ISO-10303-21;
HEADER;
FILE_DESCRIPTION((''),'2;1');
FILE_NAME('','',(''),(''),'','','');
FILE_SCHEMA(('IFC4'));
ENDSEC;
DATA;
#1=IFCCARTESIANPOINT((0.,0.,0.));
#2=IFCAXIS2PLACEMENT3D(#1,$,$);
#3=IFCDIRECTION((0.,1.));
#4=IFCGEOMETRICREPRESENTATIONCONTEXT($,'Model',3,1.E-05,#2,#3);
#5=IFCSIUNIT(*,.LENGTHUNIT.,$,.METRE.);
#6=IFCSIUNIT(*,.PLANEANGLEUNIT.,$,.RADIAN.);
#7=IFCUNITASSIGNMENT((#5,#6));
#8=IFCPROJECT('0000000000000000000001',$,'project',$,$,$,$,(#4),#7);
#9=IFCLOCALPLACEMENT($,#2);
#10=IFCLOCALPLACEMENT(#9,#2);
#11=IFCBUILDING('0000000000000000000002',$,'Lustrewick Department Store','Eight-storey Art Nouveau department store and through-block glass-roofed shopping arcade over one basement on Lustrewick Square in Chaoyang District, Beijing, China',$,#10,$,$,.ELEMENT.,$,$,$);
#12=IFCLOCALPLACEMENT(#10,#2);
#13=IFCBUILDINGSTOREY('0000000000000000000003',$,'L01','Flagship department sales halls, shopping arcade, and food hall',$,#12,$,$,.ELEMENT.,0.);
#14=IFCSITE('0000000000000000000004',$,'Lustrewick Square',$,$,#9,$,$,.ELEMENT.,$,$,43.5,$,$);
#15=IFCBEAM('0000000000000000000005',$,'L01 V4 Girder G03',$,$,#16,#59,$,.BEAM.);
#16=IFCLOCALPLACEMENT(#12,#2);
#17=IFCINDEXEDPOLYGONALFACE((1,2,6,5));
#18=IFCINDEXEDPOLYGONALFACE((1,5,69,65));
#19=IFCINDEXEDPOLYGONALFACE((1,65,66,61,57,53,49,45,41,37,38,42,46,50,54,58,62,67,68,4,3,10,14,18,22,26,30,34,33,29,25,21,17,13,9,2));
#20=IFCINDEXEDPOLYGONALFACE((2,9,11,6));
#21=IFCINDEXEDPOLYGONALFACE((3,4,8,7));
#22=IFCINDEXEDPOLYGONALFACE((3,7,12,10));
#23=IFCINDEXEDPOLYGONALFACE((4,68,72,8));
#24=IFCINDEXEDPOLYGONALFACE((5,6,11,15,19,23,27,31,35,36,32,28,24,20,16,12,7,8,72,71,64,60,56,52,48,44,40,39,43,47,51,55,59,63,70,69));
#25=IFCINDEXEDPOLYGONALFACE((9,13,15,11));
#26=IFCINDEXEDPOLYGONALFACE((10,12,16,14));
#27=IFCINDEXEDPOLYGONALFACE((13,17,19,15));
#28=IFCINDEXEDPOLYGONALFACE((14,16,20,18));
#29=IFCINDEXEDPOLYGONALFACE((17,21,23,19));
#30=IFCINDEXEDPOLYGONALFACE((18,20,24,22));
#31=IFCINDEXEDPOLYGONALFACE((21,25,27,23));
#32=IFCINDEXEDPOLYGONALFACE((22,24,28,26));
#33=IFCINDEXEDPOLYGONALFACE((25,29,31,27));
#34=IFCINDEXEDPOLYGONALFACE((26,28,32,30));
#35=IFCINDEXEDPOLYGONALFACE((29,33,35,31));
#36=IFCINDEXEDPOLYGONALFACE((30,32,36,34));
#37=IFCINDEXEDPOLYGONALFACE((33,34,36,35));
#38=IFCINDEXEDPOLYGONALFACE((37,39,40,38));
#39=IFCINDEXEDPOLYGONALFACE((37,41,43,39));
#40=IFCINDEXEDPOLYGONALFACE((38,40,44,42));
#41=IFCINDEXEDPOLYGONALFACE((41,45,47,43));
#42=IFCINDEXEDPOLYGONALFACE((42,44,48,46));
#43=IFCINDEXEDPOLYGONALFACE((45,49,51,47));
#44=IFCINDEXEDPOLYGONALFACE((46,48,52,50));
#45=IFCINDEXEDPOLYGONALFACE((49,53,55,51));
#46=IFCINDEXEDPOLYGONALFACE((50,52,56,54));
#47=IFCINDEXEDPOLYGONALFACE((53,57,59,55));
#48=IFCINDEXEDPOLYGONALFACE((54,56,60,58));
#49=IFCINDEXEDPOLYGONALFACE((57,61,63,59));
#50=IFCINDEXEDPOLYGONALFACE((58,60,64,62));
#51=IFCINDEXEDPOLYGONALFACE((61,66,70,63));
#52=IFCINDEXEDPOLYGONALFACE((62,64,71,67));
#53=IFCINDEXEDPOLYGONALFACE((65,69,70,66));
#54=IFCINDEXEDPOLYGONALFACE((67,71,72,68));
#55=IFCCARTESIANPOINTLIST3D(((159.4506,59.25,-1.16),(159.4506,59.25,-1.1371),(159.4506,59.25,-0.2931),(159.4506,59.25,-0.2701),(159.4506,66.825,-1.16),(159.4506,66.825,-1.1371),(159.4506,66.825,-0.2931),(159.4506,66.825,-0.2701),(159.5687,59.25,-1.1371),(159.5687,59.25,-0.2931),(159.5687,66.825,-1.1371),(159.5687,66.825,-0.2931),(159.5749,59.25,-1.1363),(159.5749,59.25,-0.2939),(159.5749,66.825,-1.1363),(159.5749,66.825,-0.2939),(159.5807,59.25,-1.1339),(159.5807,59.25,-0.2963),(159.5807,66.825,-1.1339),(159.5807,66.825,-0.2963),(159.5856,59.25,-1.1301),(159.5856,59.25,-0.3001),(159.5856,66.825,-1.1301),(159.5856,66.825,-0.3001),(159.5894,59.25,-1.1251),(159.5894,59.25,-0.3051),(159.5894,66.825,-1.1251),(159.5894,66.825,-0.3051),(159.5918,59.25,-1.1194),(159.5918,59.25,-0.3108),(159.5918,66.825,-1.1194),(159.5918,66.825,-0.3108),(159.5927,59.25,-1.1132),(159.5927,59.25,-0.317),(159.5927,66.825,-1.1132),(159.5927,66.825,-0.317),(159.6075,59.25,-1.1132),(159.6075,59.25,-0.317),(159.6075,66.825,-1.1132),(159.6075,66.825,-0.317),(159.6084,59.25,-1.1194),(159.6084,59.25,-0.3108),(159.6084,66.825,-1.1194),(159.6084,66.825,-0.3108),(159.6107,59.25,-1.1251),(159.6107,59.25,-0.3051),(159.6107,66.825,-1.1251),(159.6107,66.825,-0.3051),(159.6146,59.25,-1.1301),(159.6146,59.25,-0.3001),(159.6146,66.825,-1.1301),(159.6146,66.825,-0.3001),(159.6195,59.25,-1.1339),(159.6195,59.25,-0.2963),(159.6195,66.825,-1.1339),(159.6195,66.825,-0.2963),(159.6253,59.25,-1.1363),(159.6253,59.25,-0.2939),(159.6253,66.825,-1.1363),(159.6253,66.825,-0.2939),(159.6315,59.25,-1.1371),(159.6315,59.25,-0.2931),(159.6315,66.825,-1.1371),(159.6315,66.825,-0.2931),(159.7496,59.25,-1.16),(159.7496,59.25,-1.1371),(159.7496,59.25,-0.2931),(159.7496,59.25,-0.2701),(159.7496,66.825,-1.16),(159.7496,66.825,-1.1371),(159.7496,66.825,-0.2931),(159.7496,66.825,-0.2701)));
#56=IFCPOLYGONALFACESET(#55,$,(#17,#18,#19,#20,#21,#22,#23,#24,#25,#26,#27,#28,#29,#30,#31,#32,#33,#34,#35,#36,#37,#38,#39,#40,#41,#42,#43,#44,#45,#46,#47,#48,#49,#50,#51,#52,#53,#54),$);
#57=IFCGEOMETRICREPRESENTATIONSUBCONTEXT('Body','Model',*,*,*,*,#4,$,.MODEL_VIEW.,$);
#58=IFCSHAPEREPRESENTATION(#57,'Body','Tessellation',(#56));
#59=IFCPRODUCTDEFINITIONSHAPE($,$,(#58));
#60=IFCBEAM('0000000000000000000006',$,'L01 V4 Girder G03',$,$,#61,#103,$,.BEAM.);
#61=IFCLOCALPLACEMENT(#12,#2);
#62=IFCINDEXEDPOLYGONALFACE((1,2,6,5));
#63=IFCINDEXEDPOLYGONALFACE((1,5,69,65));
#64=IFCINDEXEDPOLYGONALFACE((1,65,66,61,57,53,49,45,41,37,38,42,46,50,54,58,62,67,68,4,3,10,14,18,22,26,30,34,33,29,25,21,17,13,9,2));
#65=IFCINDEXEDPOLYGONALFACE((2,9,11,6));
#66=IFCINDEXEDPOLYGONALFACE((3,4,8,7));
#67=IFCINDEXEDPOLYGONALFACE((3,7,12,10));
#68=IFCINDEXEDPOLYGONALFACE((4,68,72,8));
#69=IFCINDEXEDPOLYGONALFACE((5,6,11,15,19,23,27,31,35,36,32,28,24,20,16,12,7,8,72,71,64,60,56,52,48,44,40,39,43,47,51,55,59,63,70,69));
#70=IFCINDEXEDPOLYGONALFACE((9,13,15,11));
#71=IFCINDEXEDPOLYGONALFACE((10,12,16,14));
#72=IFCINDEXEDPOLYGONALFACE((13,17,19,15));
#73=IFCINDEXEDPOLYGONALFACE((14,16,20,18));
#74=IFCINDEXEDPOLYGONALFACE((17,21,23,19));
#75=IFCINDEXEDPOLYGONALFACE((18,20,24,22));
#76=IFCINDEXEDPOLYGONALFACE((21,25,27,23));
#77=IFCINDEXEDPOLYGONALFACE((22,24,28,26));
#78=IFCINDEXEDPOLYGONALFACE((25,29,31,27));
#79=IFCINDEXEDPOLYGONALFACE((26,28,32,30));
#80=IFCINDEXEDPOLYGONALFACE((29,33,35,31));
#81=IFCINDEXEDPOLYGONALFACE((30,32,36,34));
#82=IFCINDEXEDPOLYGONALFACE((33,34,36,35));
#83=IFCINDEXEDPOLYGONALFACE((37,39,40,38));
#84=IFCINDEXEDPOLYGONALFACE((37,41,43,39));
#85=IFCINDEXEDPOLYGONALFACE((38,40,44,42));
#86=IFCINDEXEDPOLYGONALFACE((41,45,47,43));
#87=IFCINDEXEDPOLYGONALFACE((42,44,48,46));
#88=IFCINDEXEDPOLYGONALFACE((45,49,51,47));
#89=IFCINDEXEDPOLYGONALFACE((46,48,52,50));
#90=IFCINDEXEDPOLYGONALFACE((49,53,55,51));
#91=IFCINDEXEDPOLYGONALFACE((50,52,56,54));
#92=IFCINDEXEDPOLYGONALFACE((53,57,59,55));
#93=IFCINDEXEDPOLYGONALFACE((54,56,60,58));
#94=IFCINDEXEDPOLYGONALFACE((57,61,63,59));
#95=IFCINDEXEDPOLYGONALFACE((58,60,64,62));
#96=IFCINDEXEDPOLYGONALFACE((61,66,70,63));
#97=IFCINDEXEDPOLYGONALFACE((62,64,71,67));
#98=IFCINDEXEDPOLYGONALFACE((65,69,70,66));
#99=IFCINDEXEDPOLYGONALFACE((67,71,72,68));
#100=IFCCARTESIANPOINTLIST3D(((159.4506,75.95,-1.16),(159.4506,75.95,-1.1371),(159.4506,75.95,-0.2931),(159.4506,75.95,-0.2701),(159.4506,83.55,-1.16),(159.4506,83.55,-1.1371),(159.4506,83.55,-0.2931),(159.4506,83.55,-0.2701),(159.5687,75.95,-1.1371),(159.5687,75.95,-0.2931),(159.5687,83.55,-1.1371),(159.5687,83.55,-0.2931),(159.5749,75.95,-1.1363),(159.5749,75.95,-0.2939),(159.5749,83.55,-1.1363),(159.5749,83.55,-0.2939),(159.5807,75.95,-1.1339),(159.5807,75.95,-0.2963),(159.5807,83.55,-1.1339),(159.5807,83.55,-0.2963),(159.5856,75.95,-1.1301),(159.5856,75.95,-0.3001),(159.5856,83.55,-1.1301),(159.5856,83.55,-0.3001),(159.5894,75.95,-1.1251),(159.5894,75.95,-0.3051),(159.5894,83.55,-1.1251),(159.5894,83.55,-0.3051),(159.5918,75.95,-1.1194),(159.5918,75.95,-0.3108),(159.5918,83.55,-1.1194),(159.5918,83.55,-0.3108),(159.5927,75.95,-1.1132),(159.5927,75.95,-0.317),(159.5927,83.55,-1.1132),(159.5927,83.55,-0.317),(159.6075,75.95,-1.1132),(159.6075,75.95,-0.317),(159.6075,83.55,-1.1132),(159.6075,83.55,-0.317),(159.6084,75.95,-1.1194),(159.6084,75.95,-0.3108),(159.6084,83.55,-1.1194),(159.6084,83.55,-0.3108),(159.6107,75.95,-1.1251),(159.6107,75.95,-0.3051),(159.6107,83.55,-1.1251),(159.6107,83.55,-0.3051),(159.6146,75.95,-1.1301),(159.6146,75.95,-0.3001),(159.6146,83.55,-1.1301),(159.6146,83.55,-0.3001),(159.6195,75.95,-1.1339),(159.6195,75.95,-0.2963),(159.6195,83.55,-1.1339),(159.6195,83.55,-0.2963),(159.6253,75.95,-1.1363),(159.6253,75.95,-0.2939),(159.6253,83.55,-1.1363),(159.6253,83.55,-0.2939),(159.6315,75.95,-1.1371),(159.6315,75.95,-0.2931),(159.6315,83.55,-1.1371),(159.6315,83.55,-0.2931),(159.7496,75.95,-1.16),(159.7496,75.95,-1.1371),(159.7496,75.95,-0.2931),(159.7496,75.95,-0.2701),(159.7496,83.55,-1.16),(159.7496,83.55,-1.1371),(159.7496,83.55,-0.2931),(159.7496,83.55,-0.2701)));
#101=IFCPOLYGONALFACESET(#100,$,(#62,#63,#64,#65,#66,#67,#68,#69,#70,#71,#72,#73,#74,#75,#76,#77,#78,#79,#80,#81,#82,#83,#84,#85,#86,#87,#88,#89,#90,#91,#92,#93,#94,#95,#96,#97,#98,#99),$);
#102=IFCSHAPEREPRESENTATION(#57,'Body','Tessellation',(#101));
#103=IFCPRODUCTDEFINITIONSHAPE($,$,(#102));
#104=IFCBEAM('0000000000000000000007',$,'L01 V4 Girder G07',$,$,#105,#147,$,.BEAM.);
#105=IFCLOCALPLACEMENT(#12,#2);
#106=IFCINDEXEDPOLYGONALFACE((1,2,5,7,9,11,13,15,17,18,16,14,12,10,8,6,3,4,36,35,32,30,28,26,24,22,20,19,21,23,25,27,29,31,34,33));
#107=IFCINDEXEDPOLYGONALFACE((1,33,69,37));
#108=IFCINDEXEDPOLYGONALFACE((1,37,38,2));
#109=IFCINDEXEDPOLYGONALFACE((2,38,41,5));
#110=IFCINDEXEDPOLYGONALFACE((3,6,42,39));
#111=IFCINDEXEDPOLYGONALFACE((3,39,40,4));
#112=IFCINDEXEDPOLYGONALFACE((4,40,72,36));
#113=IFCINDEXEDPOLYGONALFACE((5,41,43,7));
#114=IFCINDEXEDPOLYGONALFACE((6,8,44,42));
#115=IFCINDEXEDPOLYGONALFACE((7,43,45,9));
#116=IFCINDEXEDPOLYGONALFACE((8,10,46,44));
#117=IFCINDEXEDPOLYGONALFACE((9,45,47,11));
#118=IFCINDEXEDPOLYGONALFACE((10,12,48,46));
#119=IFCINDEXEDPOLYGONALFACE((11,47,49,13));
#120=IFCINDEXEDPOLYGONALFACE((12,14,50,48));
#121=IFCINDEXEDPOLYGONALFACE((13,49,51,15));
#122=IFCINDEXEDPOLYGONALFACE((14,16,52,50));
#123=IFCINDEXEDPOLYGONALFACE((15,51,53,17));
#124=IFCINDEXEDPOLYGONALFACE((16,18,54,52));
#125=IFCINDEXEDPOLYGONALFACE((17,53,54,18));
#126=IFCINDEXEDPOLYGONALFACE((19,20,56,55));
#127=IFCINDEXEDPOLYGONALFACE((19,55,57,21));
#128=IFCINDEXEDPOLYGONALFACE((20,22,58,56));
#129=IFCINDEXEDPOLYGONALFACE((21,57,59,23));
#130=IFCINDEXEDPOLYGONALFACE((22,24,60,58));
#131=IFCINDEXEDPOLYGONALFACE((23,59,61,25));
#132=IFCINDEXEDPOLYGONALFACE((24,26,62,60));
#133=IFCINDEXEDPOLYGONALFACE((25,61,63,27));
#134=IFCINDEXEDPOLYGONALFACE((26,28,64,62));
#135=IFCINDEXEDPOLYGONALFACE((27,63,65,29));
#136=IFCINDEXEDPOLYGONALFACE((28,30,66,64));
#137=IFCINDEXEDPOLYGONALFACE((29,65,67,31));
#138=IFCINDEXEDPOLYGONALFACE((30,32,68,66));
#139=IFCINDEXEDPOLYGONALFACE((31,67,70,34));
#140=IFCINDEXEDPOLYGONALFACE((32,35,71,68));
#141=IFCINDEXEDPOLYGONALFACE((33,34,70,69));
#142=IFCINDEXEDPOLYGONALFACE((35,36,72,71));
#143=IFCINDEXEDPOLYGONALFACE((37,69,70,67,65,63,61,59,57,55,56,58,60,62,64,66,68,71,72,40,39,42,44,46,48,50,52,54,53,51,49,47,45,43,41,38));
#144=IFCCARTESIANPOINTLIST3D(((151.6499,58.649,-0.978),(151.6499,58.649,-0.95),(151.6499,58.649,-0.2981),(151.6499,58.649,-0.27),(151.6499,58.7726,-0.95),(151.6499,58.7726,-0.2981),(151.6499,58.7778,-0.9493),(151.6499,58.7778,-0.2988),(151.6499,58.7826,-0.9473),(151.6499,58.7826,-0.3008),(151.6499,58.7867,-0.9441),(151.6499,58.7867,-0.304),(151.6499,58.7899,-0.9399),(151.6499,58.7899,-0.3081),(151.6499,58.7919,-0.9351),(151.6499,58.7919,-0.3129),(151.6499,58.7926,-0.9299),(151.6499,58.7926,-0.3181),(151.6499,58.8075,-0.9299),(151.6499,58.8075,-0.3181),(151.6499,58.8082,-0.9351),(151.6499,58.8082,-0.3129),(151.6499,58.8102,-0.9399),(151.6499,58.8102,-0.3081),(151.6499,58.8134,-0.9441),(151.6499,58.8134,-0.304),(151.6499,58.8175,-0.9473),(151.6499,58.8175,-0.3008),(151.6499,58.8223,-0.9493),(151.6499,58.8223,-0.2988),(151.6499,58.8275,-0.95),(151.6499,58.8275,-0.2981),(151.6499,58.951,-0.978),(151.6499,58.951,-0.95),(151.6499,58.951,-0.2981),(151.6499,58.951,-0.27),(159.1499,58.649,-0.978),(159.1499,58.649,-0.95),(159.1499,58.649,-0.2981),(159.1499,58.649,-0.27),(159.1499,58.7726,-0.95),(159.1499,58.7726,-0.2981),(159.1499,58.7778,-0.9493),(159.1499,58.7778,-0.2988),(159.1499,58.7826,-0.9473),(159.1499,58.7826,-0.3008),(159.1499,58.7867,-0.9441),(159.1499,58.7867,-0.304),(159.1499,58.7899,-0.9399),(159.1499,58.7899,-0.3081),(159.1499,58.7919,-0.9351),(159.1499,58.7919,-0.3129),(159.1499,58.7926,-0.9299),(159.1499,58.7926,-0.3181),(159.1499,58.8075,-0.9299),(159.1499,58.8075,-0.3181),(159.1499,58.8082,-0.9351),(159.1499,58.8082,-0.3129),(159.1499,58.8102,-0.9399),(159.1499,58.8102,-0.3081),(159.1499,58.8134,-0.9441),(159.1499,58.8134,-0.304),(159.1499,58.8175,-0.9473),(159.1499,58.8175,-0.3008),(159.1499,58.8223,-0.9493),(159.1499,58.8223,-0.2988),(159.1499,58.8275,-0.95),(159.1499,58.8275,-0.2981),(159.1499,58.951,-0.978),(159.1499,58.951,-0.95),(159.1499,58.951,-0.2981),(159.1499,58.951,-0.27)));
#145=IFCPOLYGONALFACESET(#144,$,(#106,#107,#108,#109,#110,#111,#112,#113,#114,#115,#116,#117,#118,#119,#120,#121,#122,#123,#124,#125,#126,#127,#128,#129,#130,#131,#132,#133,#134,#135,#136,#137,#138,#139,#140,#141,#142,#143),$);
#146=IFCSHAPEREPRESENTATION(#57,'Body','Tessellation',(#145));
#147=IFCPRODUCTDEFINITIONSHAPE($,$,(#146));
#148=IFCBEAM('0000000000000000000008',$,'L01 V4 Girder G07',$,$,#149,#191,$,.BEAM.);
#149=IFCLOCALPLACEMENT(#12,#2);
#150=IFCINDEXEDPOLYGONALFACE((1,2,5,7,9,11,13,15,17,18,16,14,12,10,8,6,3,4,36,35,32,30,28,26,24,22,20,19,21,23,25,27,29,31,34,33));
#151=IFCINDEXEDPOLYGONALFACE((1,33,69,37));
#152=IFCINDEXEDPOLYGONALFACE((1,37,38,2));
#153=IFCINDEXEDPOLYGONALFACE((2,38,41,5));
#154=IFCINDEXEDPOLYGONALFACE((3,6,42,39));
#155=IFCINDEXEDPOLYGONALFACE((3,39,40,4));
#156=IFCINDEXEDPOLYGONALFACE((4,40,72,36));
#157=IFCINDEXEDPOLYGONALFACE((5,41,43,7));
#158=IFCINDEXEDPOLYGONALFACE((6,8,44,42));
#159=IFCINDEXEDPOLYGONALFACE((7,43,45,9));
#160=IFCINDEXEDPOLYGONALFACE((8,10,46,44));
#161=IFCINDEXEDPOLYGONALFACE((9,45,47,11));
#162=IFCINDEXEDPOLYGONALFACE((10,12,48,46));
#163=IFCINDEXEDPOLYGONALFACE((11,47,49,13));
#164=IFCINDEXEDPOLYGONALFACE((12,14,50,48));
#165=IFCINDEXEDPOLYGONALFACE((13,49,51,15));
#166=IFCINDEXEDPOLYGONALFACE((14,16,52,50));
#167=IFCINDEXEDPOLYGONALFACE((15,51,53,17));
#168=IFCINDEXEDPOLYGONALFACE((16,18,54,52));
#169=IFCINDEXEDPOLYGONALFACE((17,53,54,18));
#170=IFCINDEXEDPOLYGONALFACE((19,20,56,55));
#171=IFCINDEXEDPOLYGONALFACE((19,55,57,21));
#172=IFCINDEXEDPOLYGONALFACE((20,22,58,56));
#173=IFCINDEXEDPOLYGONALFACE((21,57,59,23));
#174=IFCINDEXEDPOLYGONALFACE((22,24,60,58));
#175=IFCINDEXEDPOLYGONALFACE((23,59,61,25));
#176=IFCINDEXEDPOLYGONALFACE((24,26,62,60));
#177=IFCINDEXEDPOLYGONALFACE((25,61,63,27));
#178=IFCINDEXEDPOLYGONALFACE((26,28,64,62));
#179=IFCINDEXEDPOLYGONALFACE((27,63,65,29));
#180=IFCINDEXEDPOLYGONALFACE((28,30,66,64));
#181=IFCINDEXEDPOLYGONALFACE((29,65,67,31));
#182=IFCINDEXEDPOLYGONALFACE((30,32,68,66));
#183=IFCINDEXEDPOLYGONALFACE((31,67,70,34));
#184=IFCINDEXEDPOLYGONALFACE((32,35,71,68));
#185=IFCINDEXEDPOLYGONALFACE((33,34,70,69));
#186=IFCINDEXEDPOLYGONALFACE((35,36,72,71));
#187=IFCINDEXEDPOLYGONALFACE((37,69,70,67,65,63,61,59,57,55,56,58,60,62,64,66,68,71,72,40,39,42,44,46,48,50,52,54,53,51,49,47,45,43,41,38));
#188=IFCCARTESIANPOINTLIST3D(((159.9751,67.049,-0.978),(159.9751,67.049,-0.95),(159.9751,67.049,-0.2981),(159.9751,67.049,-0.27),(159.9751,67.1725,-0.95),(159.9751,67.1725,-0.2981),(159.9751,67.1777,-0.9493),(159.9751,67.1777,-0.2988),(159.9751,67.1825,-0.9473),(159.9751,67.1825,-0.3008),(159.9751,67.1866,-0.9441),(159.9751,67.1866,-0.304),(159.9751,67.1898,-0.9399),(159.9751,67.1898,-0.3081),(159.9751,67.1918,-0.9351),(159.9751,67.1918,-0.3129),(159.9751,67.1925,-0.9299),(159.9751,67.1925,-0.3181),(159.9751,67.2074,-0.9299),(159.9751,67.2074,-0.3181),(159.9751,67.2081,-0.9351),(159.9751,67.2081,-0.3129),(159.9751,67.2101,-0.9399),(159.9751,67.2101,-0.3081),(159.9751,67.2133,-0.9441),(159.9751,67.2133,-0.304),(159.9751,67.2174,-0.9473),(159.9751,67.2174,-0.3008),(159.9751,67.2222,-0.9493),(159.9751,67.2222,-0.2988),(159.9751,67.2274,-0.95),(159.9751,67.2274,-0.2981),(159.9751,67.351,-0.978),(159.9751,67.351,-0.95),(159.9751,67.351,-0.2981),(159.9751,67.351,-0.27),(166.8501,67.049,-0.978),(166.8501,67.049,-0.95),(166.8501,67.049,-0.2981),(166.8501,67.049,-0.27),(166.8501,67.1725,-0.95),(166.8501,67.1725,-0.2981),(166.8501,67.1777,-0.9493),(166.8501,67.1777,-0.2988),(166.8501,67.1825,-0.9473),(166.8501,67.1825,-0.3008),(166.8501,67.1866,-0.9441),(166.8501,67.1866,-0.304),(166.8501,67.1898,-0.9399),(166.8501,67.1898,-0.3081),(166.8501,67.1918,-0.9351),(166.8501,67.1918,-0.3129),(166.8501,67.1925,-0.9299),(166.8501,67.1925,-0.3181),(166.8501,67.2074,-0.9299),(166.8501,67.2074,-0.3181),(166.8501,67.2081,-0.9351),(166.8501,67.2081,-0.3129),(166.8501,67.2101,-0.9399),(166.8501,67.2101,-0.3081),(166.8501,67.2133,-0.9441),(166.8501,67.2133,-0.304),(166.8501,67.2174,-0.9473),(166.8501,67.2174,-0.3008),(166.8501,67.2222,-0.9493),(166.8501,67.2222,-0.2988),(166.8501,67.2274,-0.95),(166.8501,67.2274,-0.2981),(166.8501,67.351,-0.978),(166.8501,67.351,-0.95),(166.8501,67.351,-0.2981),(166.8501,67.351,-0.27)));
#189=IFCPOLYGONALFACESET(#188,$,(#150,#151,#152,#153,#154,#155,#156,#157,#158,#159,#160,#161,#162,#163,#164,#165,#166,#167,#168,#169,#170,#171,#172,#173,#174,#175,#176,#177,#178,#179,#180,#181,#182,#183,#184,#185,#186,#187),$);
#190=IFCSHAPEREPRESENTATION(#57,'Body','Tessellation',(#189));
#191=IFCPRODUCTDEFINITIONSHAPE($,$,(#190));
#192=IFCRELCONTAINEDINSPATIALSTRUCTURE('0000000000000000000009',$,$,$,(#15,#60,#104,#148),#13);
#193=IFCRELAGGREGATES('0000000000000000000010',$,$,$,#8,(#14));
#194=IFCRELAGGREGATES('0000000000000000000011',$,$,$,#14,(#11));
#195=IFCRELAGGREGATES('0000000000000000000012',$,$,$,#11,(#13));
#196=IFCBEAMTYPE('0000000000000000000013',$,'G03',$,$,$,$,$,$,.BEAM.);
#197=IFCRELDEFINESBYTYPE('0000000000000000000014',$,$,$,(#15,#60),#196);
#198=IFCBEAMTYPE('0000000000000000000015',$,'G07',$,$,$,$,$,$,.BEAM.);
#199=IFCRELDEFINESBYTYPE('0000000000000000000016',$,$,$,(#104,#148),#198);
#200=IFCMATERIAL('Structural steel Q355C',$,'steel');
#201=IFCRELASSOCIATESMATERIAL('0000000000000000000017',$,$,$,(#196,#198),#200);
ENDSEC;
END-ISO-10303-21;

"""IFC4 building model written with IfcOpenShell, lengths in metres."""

from ifc_helpers import new_model, si_unit, direction, frame, origin, origin_2d, place, context, subcontext, project, spatial, i_section, extrude, material, material_profile, profile_set, type_object, element, save


model = new_model("IFC4")

# Units and contexts
model_context = context("Model", 3, precision=1e-05, world=origin(), true_north=direction((0.0, 1.0)))
body_context = subcontext(model_context, "Body", "Model", "MODEL_VIEW")
ifc_project = project(units=[si_unit("LENGTHUNIT", "METRE"), si_unit("PLANEANGLEUNIT", "RADIAN")], contexts=[model_context])

# Site, building, storey
site_placement = place(None, origin())
site = spatial("IfcSite", under=ifc_project, at=site_placement, Name="Lustrewick Square", CompositionType="ELEMENT", RefElevation=43.5)
building_placement = place(site_placement, origin())
building = spatial("IfcBuilding", under=site, at=building_placement, Name="Lustrewick Department Store", Description="Eight-storey Art Nouveau department store and through-block glass-roofed shopping arcade over one basement on Lustrewick Square in Chaoyang District, Beijing, China", CompositionType="ELEMENT")
storey_placement = place(building_placement, origin())
storey = spatial("IfcBuildingStorey", under=building, at=storey_placement, Name="L01", Description="Flagship department sales halls, shopping arcade, and food hall", CompositionType="ELEMENT", Elevation=0.0)

# Shared definitions
ifc_material_1 = material(Name="Structural steel Q355C", Category="steel")

# Beams
ifc_material_profile_1 = material_profile(ifc_material_1, i_section(OverallWidth=0.2991, OverallDepth=0.8899, WebThickness=0.0149, FlangeThickness=0.0229, FilletRadius=0.0239, at=origin_2d()), Name="HN 890x299x15x23")
ifc_profile_set_1 = profile_set([ifc_material_profile_1], Name="Structural steel Q355C")
beam_type_1 = type_object("IfcBeamType", Name="G03", PredefinedType="BEAM", material=ifc_profile_set_1)
beam_1_placement = place(storey_placement, frame((159.6001, 59.25, -0.7151), z_axis=(0.0, 1.0, 0.0), x_axis=(-1.0, 0.0, 0.0)))
element("IfcBeam", 1, at=beam_1_placement, inside=storey, type_object=beam_type_1, Name="L01 V4 Girder G03", PredefinedType="BEAM", context=body_context, shape_type="SweptSolid", body=[
    extrude(i_section(OverallWidth=0.2991, OverallDepth=0.8899, WebThickness=0.0149, FlangeThickness=0.0229, FilletRadius=0.0239, at=origin_2d()), origin(), (0.0, 0.0, 1.0), 7.575),
])
beam_2_placement = place(storey_placement, frame((159.6001, 75.95, -0.7151), z_axis=(0.0, 1.0, 0.0), x_axis=(-1.0, 0.0, 0.0)))
element("IfcBeam", 2, at=beam_2_placement, inside=storey, type_object=beam_type_1, Name="L01 V4 Girder G03", PredefinedType="BEAM", context=body_context, shape_type="SweptSolid", body=[
    extrude(i_section(OverallWidth=0.2991, OverallDepth=0.8899, WebThickness=0.0149, FlangeThickness=0.0229, FilletRadius=0.0239, at=origin_2d()), origin(), (0.0, 0.0, 1.0), 7.6001),
])
ifc_material_profile_2 = material_profile(ifc_material_1, i_section(OverallWidth=0.302, OverallDepth=0.708, WebThickness=0.0149, FlangeThickness=0.0281, FilletRadius=0.02, at=origin_2d()), Name="HN 708x302x15x28")
ifc_profile_set_2 = profile_set([ifc_material_profile_2], Name="Structural steel Q355C")
beam_type_2 = type_object("IfcBeamType", Name="G07", PredefinedType="BEAM", material=ifc_profile_set_2)
beam_3_placement = place(storey_placement, frame((151.6499, 58.8, -0.624), z_axis=(1.0, 0.0, 0.0), x_axis=(0.0, 1.0, 0.0)))
element("IfcBeam", 3, at=beam_3_placement, inside=storey, type_object=beam_type_2, Name="L01 V4 Girder G07", PredefinedType="BEAM", context=body_context, shape_type="SweptSolid", body=[
    extrude(i_section(OverallWidth=0.302, OverallDepth=0.708, WebThickness=0.0149, FlangeThickness=0.0281, FilletRadius=0.02, at=origin_2d()), origin(), (0.0, 0.0, 1.0), 7.5),
])
beam_4_placement = place(storey_placement, frame((159.9751, 67.2, -0.624), z_axis=(1.0, 0.0, 0.0), x_axis=(0.0, 1.0, 0.0)))
element("IfcBeam", 4, at=beam_4_placement, inside=storey, type_object=beam_type_2, Name="L01 V4 Girder G07", PredefinedType="BEAM", context=body_context, shape_type="SweptSolid", body=[
    extrude(i_section(OverallWidth=0.302, OverallDepth=0.708, WebThickness=0.0149, FlangeThickness=0.0281, FilletRadius=0.02, at=origin_2d()), origin(), (0.0, 0.0, 1.0), 6.875),
])

save(model, "model.ifc")
